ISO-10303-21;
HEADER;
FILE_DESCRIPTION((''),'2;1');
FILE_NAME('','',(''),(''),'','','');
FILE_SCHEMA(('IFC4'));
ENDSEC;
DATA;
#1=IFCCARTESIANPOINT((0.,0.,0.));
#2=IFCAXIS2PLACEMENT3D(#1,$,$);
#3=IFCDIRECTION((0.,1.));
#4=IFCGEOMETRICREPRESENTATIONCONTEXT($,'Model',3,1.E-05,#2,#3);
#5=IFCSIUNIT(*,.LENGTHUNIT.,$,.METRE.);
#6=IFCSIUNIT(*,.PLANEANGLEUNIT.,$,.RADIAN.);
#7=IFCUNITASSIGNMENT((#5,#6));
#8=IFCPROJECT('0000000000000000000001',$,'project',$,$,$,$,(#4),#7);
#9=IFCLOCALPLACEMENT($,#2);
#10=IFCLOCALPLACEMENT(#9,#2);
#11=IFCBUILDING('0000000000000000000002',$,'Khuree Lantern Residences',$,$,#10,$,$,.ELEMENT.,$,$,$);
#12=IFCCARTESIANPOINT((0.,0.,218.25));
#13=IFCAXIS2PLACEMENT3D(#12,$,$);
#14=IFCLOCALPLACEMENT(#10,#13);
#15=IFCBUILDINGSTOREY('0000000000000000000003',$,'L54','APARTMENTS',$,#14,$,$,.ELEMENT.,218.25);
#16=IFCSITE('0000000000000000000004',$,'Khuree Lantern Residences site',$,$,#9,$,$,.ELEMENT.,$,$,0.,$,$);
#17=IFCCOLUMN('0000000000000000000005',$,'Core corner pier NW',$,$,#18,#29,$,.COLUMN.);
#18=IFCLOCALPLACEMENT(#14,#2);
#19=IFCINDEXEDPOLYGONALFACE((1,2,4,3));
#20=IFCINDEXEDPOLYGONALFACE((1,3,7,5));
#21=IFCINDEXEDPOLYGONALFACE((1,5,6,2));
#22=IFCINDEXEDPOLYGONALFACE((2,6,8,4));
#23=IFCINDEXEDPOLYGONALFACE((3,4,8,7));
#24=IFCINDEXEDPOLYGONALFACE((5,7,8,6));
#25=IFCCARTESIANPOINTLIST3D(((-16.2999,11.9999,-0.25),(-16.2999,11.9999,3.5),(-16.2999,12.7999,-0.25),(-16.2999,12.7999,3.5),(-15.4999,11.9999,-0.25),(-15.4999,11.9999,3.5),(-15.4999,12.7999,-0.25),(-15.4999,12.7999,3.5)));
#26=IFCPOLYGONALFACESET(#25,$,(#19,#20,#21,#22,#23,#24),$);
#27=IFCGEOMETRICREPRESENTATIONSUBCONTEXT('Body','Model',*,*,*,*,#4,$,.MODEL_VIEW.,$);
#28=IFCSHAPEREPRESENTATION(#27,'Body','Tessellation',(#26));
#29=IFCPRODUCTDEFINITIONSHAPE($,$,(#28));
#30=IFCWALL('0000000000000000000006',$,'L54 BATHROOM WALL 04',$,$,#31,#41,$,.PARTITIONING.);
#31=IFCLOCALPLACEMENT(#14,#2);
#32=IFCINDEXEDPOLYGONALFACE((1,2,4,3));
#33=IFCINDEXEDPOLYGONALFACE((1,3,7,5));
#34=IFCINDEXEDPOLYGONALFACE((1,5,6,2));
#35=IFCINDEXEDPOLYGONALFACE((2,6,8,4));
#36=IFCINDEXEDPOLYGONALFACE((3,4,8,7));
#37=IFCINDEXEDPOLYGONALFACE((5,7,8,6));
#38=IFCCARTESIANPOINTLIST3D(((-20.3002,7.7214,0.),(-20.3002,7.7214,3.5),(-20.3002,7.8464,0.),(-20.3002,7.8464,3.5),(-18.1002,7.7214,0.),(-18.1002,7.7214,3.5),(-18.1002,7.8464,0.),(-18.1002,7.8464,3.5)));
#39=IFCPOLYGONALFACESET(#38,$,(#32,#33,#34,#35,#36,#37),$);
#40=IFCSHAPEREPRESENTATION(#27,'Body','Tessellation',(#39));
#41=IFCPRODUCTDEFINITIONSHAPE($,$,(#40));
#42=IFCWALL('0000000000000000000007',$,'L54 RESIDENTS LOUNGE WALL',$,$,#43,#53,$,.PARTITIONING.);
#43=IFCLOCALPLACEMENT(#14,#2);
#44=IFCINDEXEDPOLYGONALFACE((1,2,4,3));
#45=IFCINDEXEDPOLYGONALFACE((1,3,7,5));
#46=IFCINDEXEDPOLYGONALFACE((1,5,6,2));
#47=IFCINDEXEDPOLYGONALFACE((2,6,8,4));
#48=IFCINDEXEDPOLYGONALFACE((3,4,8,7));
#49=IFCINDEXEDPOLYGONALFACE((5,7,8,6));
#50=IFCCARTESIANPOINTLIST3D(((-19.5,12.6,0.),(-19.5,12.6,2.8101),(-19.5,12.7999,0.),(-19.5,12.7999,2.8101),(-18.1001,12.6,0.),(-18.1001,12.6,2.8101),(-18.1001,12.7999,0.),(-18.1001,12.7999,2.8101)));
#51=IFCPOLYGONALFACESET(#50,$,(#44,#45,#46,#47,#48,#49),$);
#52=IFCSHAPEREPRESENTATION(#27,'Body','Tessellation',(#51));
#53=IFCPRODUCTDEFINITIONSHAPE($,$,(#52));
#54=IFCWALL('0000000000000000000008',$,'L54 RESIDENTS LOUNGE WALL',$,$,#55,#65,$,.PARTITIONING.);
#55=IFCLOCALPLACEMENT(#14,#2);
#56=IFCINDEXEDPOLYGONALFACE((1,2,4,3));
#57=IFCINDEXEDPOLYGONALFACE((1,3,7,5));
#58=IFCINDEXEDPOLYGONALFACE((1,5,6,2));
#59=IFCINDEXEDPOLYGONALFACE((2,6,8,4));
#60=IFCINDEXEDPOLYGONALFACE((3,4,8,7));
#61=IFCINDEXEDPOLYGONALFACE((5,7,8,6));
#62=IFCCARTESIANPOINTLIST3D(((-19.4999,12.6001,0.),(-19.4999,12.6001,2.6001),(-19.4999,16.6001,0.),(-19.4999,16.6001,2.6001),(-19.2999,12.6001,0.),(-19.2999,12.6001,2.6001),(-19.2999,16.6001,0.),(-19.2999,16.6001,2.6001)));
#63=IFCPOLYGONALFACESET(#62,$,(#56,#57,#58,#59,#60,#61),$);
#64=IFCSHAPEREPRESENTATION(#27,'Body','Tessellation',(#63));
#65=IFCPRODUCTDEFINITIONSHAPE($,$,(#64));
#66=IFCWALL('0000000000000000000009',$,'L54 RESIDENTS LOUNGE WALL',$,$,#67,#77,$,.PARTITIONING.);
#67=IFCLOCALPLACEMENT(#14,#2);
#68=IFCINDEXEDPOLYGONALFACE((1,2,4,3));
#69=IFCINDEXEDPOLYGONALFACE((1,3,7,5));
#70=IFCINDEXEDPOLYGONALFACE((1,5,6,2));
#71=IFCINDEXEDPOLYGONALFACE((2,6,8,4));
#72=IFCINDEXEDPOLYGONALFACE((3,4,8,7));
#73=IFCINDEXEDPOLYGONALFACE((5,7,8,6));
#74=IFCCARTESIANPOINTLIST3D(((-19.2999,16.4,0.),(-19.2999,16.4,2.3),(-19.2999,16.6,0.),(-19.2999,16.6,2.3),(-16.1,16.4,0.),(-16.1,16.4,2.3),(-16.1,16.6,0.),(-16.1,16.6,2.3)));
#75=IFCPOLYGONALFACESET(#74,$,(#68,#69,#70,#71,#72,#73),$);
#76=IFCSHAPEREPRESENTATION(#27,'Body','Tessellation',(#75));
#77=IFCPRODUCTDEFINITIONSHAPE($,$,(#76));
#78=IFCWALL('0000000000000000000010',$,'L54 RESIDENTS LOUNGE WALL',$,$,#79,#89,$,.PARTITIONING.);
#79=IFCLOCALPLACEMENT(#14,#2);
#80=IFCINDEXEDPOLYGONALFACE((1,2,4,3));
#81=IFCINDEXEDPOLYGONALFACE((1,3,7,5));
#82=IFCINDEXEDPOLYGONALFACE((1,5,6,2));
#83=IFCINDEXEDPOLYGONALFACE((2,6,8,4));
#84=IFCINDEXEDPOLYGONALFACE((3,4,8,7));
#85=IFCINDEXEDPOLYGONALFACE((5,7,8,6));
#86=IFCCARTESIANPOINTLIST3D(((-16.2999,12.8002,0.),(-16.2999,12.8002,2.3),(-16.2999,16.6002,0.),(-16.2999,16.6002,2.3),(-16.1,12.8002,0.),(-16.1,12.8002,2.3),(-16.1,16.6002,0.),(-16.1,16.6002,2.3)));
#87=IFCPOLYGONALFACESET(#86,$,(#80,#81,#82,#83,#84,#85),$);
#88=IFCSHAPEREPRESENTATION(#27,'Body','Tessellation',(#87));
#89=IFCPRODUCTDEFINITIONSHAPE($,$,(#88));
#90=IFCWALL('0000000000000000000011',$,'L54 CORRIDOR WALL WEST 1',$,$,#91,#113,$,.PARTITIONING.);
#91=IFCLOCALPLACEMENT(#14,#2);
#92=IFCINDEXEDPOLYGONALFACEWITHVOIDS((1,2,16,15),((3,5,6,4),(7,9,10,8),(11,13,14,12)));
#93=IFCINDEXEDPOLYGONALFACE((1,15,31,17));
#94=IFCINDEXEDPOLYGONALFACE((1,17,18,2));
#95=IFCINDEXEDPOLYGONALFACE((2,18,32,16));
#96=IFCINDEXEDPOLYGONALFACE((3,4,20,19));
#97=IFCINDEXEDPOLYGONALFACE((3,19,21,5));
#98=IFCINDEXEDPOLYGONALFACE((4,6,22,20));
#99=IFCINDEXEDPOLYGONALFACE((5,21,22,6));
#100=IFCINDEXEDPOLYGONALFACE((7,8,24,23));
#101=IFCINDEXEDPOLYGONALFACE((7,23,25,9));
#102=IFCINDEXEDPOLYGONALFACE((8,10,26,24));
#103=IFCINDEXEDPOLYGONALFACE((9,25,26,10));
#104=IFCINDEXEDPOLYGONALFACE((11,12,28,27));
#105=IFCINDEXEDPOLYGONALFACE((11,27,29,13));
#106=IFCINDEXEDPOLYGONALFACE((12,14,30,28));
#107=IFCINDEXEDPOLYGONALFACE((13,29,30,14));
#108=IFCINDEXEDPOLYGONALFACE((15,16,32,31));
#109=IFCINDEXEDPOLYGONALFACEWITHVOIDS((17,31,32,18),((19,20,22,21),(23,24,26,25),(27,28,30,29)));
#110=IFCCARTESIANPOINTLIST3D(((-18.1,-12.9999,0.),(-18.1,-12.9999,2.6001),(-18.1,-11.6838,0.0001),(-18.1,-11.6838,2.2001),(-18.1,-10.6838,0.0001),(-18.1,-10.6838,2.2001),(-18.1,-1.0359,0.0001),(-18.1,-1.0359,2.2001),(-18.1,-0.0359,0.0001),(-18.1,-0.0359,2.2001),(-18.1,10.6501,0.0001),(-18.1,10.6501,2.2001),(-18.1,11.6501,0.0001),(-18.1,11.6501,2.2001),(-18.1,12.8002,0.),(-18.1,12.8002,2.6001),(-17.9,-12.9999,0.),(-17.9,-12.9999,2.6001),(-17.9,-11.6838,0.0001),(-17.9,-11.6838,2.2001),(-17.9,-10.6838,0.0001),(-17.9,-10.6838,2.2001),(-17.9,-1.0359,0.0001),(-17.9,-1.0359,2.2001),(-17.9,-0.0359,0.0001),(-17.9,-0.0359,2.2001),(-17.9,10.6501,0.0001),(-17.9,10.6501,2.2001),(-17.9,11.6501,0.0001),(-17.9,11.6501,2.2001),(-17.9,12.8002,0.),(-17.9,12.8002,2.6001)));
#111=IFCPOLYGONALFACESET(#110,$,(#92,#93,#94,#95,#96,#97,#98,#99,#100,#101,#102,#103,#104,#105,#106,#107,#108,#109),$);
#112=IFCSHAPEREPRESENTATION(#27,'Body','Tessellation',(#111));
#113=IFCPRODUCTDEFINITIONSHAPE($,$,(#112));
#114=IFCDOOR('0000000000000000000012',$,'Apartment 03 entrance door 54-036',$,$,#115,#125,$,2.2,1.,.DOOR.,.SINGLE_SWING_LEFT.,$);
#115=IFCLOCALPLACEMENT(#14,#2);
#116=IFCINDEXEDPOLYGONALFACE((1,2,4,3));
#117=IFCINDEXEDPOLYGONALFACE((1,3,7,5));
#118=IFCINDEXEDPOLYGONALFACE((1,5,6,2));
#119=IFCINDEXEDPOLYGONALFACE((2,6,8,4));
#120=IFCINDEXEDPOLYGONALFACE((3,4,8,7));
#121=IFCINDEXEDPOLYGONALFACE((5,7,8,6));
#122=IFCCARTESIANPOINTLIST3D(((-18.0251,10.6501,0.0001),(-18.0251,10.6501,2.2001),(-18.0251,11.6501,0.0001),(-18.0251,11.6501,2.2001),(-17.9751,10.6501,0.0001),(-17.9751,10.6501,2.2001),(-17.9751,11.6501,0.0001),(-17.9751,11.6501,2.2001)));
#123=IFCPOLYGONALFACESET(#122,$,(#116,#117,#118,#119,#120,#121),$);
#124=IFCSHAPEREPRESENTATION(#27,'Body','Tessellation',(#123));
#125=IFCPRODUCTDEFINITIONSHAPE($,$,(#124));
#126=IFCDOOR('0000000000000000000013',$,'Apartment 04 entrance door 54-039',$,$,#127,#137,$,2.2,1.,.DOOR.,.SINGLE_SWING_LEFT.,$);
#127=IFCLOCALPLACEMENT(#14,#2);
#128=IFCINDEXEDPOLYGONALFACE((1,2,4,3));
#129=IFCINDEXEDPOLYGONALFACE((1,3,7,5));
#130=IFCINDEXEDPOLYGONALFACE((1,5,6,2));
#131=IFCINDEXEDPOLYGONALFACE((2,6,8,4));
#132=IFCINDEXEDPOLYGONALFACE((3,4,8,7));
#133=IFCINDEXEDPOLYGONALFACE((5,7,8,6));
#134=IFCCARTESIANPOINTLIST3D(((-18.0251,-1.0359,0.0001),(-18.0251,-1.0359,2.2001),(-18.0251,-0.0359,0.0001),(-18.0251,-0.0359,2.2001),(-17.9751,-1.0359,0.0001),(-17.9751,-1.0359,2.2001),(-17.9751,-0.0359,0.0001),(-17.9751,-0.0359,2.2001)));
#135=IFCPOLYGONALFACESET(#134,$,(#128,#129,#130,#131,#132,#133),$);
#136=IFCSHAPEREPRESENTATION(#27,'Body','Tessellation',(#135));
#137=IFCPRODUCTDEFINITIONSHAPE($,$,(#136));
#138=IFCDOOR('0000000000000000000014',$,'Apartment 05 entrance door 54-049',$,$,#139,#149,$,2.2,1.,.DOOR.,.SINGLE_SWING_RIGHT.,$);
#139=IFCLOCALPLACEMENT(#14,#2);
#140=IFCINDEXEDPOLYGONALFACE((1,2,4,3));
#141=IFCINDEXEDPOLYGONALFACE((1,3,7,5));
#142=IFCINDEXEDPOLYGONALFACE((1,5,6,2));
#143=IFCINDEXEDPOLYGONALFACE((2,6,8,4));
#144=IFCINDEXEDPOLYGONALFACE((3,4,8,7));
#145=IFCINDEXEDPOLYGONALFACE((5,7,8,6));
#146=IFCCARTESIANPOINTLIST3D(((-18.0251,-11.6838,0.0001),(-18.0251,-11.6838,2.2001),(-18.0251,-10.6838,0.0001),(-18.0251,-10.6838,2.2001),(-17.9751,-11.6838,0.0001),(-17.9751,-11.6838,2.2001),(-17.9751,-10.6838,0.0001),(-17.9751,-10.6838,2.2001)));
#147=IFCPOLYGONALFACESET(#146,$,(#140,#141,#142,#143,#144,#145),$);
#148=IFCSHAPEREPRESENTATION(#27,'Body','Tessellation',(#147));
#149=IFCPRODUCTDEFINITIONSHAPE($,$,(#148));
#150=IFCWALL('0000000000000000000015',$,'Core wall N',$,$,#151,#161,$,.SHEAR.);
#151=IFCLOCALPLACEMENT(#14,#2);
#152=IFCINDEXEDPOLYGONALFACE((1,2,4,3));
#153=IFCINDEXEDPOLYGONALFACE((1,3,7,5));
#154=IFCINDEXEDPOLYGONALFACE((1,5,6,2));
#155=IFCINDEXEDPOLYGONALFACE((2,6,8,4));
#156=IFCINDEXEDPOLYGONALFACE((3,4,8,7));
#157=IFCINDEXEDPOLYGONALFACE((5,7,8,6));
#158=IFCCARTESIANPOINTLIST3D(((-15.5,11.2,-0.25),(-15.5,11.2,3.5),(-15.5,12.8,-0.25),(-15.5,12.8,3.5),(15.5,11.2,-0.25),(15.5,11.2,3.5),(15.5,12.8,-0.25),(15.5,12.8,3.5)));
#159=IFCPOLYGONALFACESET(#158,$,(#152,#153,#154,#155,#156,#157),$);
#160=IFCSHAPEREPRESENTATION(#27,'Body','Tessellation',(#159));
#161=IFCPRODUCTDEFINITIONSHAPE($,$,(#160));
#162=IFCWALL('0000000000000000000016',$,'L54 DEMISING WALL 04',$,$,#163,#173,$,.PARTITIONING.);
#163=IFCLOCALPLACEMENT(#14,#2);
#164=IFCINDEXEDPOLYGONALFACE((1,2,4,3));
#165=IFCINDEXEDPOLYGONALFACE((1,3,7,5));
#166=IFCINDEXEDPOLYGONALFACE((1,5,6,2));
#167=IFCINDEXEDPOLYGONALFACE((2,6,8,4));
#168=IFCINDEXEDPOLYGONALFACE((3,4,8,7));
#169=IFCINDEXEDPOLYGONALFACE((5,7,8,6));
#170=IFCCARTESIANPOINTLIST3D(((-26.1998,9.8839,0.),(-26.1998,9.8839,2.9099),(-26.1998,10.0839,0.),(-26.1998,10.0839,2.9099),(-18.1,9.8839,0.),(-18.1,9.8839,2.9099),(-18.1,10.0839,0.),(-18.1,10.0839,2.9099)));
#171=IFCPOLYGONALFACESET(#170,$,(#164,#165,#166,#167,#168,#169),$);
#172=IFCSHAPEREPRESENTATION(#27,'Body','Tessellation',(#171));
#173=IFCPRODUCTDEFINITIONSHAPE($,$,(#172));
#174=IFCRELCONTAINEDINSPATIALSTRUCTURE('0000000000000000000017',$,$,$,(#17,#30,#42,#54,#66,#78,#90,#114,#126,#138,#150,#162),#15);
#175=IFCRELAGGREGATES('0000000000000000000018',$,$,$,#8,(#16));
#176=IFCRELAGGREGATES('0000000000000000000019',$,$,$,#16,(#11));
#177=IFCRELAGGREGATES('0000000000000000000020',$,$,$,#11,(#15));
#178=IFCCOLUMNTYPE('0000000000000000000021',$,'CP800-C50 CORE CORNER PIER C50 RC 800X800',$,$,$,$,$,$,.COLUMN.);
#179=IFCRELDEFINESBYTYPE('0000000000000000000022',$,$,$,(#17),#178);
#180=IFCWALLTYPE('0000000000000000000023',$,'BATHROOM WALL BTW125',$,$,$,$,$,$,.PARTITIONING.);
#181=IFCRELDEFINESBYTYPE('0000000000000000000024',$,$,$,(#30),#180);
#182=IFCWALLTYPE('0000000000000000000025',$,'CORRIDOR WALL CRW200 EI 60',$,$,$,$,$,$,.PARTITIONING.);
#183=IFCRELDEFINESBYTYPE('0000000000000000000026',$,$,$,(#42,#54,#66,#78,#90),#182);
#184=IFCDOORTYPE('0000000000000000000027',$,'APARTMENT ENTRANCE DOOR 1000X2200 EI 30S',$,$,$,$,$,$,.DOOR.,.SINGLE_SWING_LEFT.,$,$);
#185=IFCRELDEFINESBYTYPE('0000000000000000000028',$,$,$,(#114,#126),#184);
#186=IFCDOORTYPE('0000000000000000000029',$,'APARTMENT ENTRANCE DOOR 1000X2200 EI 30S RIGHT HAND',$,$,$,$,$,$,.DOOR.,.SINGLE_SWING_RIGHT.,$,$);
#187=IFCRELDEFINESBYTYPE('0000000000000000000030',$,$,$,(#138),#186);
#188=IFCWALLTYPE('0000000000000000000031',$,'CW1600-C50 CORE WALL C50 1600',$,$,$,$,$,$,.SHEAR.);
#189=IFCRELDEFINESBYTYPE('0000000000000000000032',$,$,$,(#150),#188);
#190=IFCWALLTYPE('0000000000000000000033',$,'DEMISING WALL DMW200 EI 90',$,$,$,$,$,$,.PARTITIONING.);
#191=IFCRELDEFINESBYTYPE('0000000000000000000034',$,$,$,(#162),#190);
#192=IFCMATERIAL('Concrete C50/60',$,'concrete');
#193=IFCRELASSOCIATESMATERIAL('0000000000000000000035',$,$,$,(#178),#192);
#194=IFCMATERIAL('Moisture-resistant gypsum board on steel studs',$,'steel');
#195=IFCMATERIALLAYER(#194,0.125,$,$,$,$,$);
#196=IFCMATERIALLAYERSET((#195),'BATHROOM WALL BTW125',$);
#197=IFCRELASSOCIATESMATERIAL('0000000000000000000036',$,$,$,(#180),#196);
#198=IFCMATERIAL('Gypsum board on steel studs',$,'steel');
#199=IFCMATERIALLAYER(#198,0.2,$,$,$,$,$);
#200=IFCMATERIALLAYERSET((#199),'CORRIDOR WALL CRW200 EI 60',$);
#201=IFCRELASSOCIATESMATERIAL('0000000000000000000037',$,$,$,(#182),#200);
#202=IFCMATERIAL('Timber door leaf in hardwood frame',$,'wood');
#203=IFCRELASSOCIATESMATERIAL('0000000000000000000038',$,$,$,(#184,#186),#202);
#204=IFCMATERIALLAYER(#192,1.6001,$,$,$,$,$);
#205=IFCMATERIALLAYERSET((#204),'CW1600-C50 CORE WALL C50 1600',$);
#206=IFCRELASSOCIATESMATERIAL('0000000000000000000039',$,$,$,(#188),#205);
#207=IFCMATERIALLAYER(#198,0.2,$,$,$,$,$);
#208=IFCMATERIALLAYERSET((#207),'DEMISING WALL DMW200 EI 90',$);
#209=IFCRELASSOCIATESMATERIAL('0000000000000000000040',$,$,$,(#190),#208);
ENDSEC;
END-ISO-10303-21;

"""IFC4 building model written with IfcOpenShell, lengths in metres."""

from ifc_helpers import new_model, si_unit, direction, frame, frame_2d, origin, origin_2d, place, context, subcontext, project, spatial, rectangle, extrude, material, layer, layer_set, material_profile, profile_set, type_object, element, fill, save


model = new_model("IFC4")

# Units and contexts
model_context = context("Model", 3, precision=1e-05, world=origin(), true_north=direction((0.0, 1.0)))
body_context = subcontext(model_context, "Body", "Model", "MODEL_VIEW")
ifc_project = project(units=[si_unit("LENGTHUNIT", "METRE"), si_unit("PLANEANGLEUNIT", "RADIAN")], contexts=[model_context])

# Site, building, storey
site_placement = place(None, origin())
site = spatial("IfcSite", under=ifc_project, at=site_placement, Name="Khuree Lantern Residences site", CompositionType="ELEMENT", RefElevation=0.0)
building_placement = place(site_placement, origin())
building = spatial("IfcBuilding", under=site, at=building_placement, Name="Khuree Lantern Residences", CompositionType="ELEMENT")
storey_placement = place(building_placement, frame((0.0, 0.0, 218.25)))
storey = spatial("IfcBuildingStorey", under=building, at=storey_placement, Name="L54", Description="APARTMENTS", CompositionType="ELEMENT", Elevation=218.25)

# Column
ifc_material_1 = material(Name="Concrete C50/60", Category="concrete")
ifc_material_profile = material_profile(ifc_material_1, rectangle(XDim=0.8, YDim=0.8, at=origin_2d()), Name="RC 800X800")
ifc_profile_set = profile_set([ifc_material_profile], Name="Concrete C50/60")
column_type = type_object("IfcColumnType", Name="CP800-C50 CORE CORNER PIER C50 RC 800X800", PredefinedType="COLUMN", material=ifc_profile_set)
column_placement = place(storey_placement, frame((-15.8999, 12.3999, -0.25), z_axis=(0.0, 0.0, 1.0), x_axis=(1.0, 0.0, 0.0)))
element("IfcColumn", 1, at=column_placement, inside=storey, type_object=column_type, Name="Core corner pier NW", PredefinedType="COLUMN", context=body_context, shape_type="SweptSolid", body=[
    extrude(rectangle(XDim=0.8, YDim=0.8, at=origin_2d()), origin(), (0.0, 0.0, 1.0), 3.75),
])

# Walls
ifc_material_2 = material(Name="Moisture-resistant gypsum board on steel studs", Category="steel")
ifc_layer_1 = layer(ifc_material_2, 0.125)
ifc_layer_set_1 = layer_set([ifc_layer_1], Name="BATHROOM WALL BTW125")
wall_type_1 = type_object("IfcWallType", Name="BATHROOM WALL BTW125", PredefinedType="PARTITIONING", material=ifc_layer_set_1)
wall_1_placement = place(storey_placement, frame((-18.1001, 7.7839, 0.0), z_axis=(0.0, 0.0, 1.0), x_axis=(-1.0, 0.0, 0.0)))
element("IfcWall", 2, at=wall_1_placement, inside=storey, type_object=wall_type_1, Name="L54 BATHROOM WALL 04", PredefinedType="PARTITIONING", context=body_context, shape_type="SweptSolid", body=[
    extrude(rectangle(XDim=2.2, YDim=0.125, at=frame_2d((1.1001, 0.0))), origin(), (0.0, 0.0, 1.0), 3.5),
])
ifc_material_3 = material(Name="Gypsum board on steel studs", Category="steel")
ifc_layer_2 = layer(ifc_material_3, 0.2)
ifc_layer_set_2 = layer_set([ifc_layer_2], Name="CORRIDOR WALL CRW200 EI 60")
wall_type_2 = type_object("IfcWallType", Name="CORRIDOR WALL CRW200 EI 60", PredefinedType="PARTITIONING", material=ifc_layer_set_2)
wall_2_placement = place(storey_placement, frame((-18.1001, 12.7, 0.0), z_axis=(0.0, 0.0, 1.0), x_axis=(-1.0, 0.0, 0.0)))
element("IfcWall", 3, at=wall_2_placement, inside=storey, type_object=wall_type_2, Name="L54 RESIDENTS LOUNGE WALL", PredefinedType="PARTITIONING", context=body_context, shape_type="SweptSolid", body=[
    extrude(rectangle(XDim=1.3999, YDim=0.2, at=frame_2d((0.7, 0.0))), origin(), (0.0, 0.0, 1.0), 2.8101),
])
wall_3_placement = place(storey_placement, frame((-19.3999, 12.6001, 0.0), z_axis=(0.0, 0.0, 1.0), x_axis=(0.0, 1.0, 0.0)))
element("IfcWall", 4, at=wall_3_placement, inside=storey, type_object=wall_type_2, Name="L54 RESIDENTS LOUNGE WALL", PredefinedType="PARTITIONING", context=body_context, shape_type="SweptSolid", body=[
    extrude(rectangle(XDim=4.0, YDim=0.2, at=frame_2d((2.0, 0.0))), origin(), (0.0, 0.0, 1.0), 2.6001),
])
wall_4_placement = place(storey_placement, frame((-19.3, 16.5, 0.0), z_axis=(0.0, 0.0, 1.0), x_axis=(1.0, 0.0, 0.0)))
element("IfcWall", 5, at=wall_4_placement, inside=storey, type_object=wall_type_2, Name="L54 RESIDENTS LOUNGE WALL", PredefinedType="PARTITIONING", context=body_context, shape_type="SweptSolid", body=[
    extrude(rectangle(XDim=3.2, YDim=0.2, at=frame_2d((1.6001, 0.0))), origin(), (0.0, 0.0, 1.0), 2.3),
])
wall_5_placement = place(storey_placement, frame((-16.2, 16.6001, 0.0), z_axis=(0.0, 0.0, 1.0), x_axis=(0.0, -1.0, 0.0)))
element("IfcWall", 6, at=wall_5_placement, inside=storey, type_object=wall_type_2, Name="L54 RESIDENTS LOUNGE WALL", PredefinedType="PARTITIONING", context=body_context, shape_type="SweptSolid", body=[
    extrude(rectangle(XDim=3.8, YDim=0.2, at=frame_2d((1.8999, 0.0))), origin(), (0.0, 0.0, 1.0), 2.3),
])

# Wall, openings, doors
wall_6_placement = place(storey_placement, frame((-18.0, 12.8, 0.0), z_axis=(0.0, 0.0, 1.0), x_axis=(0.0, -1.0, 0.0)))
wall_6 = element("IfcWall", 7, at=wall_6_placement, inside=storey, type_object=wall_type_2, Name="L54 CORRIDOR WALL WEST 1", PredefinedType="PARTITIONING", context=body_context, shape_type="SweptSolid", body=[
    extrude(rectangle(XDim=25.8, YDim=0.2, at=frame_2d((12.8999, 0.0))), origin(), (0.0, 0.0, 1.0), 2.6001),
])
opening_1_placement = place(wall_6_placement, frame((1.1499, 0.0, 0.0)))
opening_1 = element("IfcOpeningElement", 8, at=opening_1_placement, cuts=wall_6, PredefinedType="OPENING", context=body_context, shape_type="SweptSolid", body=[
    extrude(rectangle(XDim=1.0, YDim=2.2, at=frame_2d((0.5, 1.1001))), frame((0.0, 0.1099, 0.0), z_axis=(0.0, -1.0, 0.0), x_axis=(1.0, 0.0, 0.0)), (0.0, 0.0, 1.0), 0.22),
])
opening_2_placement = place(wall_6_placement, frame((12.8359, 0.0, 0.0)))
opening_2 = element("IfcOpeningElement", 9, at=opening_2_placement, cuts=wall_6, PredefinedType="OPENING", context=body_context, shape_type="SweptSolid", body=[
    extrude(rectangle(XDim=1.0, YDim=2.2, at=frame_2d((0.5, 1.1001))), frame((0.0, 0.1099, 0.0), z_axis=(0.0, -1.0, 0.0), x_axis=(1.0, 0.0, 0.0)), (0.0, 0.0, 1.0), 0.22),
])
opening_3_placement = place(wall_6_placement, frame((23.4839, 0.0, 0.0)))
opening_3 = element("IfcOpeningElement", 10, at=opening_3_placement, cuts=wall_6, PredefinedType="OPENING", context=body_context, shape_type="SweptSolid", body=[
    extrude(rectangle(XDim=1.0, YDim=2.2, at=frame_2d((0.5, 1.1001))), frame((0.0, 0.1099, 0.0), z_axis=(0.0, -1.0, 0.0), x_axis=(1.0, 0.0, 0.0)), (0.0, 0.0, 1.0), 0.22),
])
ifc_material_4 = material(Name="Timber door leaf in hardwood frame", Category="wood")
door_type_1 = type_object("IfcDoorType", Name="APARTMENT ENTRANCE DOOR 1000X2200 EI 30S", OperationType="SINGLE_SWING_LEFT", PredefinedType="DOOR", material=ifc_material_4)
door_1_placement = place(opening_1_placement, origin())
door_1 = element("IfcDoor", 11, at=door_1_placement, inside=storey, type_object=door_type_1, Name="Apartment 03 entrance door 54-036", OperationType="SINGLE_SWING_LEFT", OverallHeight=2.2, OverallWidth=1.0, PredefinedType="DOOR", context=body_context, shape_type="SweptSolid", body=[
    extrude(rectangle(XDim=1.0, YDim=2.2, at=frame_2d((0.5, 1.1001))), frame((0.0, 0.0249, 0.0), z_axis=(0.0, -1.0, 0.0), x_axis=(1.0, 0.0, 0.0)), (0.0, 0.0, 1.0), 0.05),
])
fill(opening_1, door_1)
door_2_placement = place(opening_2_placement, origin())
door_2 = element("IfcDoor", 12, at=door_2_placement, inside=storey, type_object=door_type_1, Name="Apartment 04 entrance door 54-039", OperationType="SINGLE_SWING_LEFT", OverallHeight=2.2, OverallWidth=1.0, PredefinedType="DOOR", context=body_context, shape_type="SweptSolid", body=[
    extrude(rectangle(XDim=1.0, YDim=2.2, at=frame_2d((0.5, 1.1001))), frame((0.0, 0.0249, 0.0), z_axis=(0.0, -1.0, 0.0), x_axis=(1.0, 0.0, 0.0)), (0.0, 0.0, 1.0), 0.05),
])
fill(opening_2, door_2)
door_type_2 = type_object("IfcDoorType", Name="APARTMENT ENTRANCE DOOR 1000X2200 EI 30S RIGHT HAND", OperationType="SINGLE_SWING_RIGHT", PredefinedType="DOOR", material=ifc_material_4)
door_3_placement = place(opening_3_placement, origin())
door_3 = element("IfcDoor", 13, at=door_3_placement, inside=storey, type_object=door_type_2, Name="Apartment 05 entrance door 54-049", OperationType="SINGLE_SWING_RIGHT", OverallHeight=2.2, OverallWidth=1.0, PredefinedType="DOOR", context=body_context, shape_type="SweptSolid", body=[
    extrude(rectangle(XDim=1.0, YDim=2.2, at=frame_2d((0.5, 1.1001))), frame((0.0, 0.0249, 0.0), z_axis=(0.0, -1.0, 0.0), x_axis=(1.0, 0.0, 0.0)), (0.0, 0.0, 1.0), 0.05),
])
fill(opening_3, door_3)

# Walls
ifc_layer_3 = layer(ifc_material_1, 1.6001)
ifc_layer_set_3 = layer_set([ifc_layer_3], Name="CW1600-C50 CORE WALL C50 1600")
wall_type_3 = type_object("IfcWallType", Name="CW1600-C50 CORE WALL C50 1600", PredefinedType="SHEAR", material=ifc_layer_set_3)
wall_7_placement = place(storey_placement, frame((-15.5, 12.0, -0.25), z_axis=(0.0, 0.0, 1.0), x_axis=(1.0, 0.0, 0.0)))
element("IfcWall", 14, at=wall_7_placement, inside=storey, type_object=wall_type_3, Name="Core wall N", PredefinedType="SHEAR", context=body_context, shape_type="SweptSolid", body=[
    extrude(rectangle(XDim=31.0, YDim=1.6001, at=frame_2d((15.5, 0.0))), origin(), (0.0, 0.0, 1.0), 3.75),
])
ifc_layer_4 = layer(ifc_material_3, 0.2)
ifc_layer_set_4 = layer_set([ifc_layer_4], Name="DEMISING WALL DMW200 EI 90")
wall_type_4 = type_object("IfcWallType", Name="DEMISING WALL DMW200 EI 90", PredefinedType="PARTITIONING", material=ifc_layer_set_4)
wall_8_placement = place(storey_placement, frame((-18.1001, 9.9839, 0.0), z_axis=(0.0, 0.0, 1.0), x_axis=(-1.0, 0.0, 0.0)))
element("IfcWall", 15, at=wall_8_placement, inside=storey, type_object=wall_type_4, Name="L54 DEMISING WALL 04", PredefinedType="PARTITIONING", context=body_context, shape_type="SweptSolid", body=[
    extrude(rectangle(XDim=8.0999, YDim=0.2, at=frame_2d((4.0498, 0.0))), origin(), (0.0, 0.0, 1.0), 2.9099),
])

save(model, "model.ifc")
